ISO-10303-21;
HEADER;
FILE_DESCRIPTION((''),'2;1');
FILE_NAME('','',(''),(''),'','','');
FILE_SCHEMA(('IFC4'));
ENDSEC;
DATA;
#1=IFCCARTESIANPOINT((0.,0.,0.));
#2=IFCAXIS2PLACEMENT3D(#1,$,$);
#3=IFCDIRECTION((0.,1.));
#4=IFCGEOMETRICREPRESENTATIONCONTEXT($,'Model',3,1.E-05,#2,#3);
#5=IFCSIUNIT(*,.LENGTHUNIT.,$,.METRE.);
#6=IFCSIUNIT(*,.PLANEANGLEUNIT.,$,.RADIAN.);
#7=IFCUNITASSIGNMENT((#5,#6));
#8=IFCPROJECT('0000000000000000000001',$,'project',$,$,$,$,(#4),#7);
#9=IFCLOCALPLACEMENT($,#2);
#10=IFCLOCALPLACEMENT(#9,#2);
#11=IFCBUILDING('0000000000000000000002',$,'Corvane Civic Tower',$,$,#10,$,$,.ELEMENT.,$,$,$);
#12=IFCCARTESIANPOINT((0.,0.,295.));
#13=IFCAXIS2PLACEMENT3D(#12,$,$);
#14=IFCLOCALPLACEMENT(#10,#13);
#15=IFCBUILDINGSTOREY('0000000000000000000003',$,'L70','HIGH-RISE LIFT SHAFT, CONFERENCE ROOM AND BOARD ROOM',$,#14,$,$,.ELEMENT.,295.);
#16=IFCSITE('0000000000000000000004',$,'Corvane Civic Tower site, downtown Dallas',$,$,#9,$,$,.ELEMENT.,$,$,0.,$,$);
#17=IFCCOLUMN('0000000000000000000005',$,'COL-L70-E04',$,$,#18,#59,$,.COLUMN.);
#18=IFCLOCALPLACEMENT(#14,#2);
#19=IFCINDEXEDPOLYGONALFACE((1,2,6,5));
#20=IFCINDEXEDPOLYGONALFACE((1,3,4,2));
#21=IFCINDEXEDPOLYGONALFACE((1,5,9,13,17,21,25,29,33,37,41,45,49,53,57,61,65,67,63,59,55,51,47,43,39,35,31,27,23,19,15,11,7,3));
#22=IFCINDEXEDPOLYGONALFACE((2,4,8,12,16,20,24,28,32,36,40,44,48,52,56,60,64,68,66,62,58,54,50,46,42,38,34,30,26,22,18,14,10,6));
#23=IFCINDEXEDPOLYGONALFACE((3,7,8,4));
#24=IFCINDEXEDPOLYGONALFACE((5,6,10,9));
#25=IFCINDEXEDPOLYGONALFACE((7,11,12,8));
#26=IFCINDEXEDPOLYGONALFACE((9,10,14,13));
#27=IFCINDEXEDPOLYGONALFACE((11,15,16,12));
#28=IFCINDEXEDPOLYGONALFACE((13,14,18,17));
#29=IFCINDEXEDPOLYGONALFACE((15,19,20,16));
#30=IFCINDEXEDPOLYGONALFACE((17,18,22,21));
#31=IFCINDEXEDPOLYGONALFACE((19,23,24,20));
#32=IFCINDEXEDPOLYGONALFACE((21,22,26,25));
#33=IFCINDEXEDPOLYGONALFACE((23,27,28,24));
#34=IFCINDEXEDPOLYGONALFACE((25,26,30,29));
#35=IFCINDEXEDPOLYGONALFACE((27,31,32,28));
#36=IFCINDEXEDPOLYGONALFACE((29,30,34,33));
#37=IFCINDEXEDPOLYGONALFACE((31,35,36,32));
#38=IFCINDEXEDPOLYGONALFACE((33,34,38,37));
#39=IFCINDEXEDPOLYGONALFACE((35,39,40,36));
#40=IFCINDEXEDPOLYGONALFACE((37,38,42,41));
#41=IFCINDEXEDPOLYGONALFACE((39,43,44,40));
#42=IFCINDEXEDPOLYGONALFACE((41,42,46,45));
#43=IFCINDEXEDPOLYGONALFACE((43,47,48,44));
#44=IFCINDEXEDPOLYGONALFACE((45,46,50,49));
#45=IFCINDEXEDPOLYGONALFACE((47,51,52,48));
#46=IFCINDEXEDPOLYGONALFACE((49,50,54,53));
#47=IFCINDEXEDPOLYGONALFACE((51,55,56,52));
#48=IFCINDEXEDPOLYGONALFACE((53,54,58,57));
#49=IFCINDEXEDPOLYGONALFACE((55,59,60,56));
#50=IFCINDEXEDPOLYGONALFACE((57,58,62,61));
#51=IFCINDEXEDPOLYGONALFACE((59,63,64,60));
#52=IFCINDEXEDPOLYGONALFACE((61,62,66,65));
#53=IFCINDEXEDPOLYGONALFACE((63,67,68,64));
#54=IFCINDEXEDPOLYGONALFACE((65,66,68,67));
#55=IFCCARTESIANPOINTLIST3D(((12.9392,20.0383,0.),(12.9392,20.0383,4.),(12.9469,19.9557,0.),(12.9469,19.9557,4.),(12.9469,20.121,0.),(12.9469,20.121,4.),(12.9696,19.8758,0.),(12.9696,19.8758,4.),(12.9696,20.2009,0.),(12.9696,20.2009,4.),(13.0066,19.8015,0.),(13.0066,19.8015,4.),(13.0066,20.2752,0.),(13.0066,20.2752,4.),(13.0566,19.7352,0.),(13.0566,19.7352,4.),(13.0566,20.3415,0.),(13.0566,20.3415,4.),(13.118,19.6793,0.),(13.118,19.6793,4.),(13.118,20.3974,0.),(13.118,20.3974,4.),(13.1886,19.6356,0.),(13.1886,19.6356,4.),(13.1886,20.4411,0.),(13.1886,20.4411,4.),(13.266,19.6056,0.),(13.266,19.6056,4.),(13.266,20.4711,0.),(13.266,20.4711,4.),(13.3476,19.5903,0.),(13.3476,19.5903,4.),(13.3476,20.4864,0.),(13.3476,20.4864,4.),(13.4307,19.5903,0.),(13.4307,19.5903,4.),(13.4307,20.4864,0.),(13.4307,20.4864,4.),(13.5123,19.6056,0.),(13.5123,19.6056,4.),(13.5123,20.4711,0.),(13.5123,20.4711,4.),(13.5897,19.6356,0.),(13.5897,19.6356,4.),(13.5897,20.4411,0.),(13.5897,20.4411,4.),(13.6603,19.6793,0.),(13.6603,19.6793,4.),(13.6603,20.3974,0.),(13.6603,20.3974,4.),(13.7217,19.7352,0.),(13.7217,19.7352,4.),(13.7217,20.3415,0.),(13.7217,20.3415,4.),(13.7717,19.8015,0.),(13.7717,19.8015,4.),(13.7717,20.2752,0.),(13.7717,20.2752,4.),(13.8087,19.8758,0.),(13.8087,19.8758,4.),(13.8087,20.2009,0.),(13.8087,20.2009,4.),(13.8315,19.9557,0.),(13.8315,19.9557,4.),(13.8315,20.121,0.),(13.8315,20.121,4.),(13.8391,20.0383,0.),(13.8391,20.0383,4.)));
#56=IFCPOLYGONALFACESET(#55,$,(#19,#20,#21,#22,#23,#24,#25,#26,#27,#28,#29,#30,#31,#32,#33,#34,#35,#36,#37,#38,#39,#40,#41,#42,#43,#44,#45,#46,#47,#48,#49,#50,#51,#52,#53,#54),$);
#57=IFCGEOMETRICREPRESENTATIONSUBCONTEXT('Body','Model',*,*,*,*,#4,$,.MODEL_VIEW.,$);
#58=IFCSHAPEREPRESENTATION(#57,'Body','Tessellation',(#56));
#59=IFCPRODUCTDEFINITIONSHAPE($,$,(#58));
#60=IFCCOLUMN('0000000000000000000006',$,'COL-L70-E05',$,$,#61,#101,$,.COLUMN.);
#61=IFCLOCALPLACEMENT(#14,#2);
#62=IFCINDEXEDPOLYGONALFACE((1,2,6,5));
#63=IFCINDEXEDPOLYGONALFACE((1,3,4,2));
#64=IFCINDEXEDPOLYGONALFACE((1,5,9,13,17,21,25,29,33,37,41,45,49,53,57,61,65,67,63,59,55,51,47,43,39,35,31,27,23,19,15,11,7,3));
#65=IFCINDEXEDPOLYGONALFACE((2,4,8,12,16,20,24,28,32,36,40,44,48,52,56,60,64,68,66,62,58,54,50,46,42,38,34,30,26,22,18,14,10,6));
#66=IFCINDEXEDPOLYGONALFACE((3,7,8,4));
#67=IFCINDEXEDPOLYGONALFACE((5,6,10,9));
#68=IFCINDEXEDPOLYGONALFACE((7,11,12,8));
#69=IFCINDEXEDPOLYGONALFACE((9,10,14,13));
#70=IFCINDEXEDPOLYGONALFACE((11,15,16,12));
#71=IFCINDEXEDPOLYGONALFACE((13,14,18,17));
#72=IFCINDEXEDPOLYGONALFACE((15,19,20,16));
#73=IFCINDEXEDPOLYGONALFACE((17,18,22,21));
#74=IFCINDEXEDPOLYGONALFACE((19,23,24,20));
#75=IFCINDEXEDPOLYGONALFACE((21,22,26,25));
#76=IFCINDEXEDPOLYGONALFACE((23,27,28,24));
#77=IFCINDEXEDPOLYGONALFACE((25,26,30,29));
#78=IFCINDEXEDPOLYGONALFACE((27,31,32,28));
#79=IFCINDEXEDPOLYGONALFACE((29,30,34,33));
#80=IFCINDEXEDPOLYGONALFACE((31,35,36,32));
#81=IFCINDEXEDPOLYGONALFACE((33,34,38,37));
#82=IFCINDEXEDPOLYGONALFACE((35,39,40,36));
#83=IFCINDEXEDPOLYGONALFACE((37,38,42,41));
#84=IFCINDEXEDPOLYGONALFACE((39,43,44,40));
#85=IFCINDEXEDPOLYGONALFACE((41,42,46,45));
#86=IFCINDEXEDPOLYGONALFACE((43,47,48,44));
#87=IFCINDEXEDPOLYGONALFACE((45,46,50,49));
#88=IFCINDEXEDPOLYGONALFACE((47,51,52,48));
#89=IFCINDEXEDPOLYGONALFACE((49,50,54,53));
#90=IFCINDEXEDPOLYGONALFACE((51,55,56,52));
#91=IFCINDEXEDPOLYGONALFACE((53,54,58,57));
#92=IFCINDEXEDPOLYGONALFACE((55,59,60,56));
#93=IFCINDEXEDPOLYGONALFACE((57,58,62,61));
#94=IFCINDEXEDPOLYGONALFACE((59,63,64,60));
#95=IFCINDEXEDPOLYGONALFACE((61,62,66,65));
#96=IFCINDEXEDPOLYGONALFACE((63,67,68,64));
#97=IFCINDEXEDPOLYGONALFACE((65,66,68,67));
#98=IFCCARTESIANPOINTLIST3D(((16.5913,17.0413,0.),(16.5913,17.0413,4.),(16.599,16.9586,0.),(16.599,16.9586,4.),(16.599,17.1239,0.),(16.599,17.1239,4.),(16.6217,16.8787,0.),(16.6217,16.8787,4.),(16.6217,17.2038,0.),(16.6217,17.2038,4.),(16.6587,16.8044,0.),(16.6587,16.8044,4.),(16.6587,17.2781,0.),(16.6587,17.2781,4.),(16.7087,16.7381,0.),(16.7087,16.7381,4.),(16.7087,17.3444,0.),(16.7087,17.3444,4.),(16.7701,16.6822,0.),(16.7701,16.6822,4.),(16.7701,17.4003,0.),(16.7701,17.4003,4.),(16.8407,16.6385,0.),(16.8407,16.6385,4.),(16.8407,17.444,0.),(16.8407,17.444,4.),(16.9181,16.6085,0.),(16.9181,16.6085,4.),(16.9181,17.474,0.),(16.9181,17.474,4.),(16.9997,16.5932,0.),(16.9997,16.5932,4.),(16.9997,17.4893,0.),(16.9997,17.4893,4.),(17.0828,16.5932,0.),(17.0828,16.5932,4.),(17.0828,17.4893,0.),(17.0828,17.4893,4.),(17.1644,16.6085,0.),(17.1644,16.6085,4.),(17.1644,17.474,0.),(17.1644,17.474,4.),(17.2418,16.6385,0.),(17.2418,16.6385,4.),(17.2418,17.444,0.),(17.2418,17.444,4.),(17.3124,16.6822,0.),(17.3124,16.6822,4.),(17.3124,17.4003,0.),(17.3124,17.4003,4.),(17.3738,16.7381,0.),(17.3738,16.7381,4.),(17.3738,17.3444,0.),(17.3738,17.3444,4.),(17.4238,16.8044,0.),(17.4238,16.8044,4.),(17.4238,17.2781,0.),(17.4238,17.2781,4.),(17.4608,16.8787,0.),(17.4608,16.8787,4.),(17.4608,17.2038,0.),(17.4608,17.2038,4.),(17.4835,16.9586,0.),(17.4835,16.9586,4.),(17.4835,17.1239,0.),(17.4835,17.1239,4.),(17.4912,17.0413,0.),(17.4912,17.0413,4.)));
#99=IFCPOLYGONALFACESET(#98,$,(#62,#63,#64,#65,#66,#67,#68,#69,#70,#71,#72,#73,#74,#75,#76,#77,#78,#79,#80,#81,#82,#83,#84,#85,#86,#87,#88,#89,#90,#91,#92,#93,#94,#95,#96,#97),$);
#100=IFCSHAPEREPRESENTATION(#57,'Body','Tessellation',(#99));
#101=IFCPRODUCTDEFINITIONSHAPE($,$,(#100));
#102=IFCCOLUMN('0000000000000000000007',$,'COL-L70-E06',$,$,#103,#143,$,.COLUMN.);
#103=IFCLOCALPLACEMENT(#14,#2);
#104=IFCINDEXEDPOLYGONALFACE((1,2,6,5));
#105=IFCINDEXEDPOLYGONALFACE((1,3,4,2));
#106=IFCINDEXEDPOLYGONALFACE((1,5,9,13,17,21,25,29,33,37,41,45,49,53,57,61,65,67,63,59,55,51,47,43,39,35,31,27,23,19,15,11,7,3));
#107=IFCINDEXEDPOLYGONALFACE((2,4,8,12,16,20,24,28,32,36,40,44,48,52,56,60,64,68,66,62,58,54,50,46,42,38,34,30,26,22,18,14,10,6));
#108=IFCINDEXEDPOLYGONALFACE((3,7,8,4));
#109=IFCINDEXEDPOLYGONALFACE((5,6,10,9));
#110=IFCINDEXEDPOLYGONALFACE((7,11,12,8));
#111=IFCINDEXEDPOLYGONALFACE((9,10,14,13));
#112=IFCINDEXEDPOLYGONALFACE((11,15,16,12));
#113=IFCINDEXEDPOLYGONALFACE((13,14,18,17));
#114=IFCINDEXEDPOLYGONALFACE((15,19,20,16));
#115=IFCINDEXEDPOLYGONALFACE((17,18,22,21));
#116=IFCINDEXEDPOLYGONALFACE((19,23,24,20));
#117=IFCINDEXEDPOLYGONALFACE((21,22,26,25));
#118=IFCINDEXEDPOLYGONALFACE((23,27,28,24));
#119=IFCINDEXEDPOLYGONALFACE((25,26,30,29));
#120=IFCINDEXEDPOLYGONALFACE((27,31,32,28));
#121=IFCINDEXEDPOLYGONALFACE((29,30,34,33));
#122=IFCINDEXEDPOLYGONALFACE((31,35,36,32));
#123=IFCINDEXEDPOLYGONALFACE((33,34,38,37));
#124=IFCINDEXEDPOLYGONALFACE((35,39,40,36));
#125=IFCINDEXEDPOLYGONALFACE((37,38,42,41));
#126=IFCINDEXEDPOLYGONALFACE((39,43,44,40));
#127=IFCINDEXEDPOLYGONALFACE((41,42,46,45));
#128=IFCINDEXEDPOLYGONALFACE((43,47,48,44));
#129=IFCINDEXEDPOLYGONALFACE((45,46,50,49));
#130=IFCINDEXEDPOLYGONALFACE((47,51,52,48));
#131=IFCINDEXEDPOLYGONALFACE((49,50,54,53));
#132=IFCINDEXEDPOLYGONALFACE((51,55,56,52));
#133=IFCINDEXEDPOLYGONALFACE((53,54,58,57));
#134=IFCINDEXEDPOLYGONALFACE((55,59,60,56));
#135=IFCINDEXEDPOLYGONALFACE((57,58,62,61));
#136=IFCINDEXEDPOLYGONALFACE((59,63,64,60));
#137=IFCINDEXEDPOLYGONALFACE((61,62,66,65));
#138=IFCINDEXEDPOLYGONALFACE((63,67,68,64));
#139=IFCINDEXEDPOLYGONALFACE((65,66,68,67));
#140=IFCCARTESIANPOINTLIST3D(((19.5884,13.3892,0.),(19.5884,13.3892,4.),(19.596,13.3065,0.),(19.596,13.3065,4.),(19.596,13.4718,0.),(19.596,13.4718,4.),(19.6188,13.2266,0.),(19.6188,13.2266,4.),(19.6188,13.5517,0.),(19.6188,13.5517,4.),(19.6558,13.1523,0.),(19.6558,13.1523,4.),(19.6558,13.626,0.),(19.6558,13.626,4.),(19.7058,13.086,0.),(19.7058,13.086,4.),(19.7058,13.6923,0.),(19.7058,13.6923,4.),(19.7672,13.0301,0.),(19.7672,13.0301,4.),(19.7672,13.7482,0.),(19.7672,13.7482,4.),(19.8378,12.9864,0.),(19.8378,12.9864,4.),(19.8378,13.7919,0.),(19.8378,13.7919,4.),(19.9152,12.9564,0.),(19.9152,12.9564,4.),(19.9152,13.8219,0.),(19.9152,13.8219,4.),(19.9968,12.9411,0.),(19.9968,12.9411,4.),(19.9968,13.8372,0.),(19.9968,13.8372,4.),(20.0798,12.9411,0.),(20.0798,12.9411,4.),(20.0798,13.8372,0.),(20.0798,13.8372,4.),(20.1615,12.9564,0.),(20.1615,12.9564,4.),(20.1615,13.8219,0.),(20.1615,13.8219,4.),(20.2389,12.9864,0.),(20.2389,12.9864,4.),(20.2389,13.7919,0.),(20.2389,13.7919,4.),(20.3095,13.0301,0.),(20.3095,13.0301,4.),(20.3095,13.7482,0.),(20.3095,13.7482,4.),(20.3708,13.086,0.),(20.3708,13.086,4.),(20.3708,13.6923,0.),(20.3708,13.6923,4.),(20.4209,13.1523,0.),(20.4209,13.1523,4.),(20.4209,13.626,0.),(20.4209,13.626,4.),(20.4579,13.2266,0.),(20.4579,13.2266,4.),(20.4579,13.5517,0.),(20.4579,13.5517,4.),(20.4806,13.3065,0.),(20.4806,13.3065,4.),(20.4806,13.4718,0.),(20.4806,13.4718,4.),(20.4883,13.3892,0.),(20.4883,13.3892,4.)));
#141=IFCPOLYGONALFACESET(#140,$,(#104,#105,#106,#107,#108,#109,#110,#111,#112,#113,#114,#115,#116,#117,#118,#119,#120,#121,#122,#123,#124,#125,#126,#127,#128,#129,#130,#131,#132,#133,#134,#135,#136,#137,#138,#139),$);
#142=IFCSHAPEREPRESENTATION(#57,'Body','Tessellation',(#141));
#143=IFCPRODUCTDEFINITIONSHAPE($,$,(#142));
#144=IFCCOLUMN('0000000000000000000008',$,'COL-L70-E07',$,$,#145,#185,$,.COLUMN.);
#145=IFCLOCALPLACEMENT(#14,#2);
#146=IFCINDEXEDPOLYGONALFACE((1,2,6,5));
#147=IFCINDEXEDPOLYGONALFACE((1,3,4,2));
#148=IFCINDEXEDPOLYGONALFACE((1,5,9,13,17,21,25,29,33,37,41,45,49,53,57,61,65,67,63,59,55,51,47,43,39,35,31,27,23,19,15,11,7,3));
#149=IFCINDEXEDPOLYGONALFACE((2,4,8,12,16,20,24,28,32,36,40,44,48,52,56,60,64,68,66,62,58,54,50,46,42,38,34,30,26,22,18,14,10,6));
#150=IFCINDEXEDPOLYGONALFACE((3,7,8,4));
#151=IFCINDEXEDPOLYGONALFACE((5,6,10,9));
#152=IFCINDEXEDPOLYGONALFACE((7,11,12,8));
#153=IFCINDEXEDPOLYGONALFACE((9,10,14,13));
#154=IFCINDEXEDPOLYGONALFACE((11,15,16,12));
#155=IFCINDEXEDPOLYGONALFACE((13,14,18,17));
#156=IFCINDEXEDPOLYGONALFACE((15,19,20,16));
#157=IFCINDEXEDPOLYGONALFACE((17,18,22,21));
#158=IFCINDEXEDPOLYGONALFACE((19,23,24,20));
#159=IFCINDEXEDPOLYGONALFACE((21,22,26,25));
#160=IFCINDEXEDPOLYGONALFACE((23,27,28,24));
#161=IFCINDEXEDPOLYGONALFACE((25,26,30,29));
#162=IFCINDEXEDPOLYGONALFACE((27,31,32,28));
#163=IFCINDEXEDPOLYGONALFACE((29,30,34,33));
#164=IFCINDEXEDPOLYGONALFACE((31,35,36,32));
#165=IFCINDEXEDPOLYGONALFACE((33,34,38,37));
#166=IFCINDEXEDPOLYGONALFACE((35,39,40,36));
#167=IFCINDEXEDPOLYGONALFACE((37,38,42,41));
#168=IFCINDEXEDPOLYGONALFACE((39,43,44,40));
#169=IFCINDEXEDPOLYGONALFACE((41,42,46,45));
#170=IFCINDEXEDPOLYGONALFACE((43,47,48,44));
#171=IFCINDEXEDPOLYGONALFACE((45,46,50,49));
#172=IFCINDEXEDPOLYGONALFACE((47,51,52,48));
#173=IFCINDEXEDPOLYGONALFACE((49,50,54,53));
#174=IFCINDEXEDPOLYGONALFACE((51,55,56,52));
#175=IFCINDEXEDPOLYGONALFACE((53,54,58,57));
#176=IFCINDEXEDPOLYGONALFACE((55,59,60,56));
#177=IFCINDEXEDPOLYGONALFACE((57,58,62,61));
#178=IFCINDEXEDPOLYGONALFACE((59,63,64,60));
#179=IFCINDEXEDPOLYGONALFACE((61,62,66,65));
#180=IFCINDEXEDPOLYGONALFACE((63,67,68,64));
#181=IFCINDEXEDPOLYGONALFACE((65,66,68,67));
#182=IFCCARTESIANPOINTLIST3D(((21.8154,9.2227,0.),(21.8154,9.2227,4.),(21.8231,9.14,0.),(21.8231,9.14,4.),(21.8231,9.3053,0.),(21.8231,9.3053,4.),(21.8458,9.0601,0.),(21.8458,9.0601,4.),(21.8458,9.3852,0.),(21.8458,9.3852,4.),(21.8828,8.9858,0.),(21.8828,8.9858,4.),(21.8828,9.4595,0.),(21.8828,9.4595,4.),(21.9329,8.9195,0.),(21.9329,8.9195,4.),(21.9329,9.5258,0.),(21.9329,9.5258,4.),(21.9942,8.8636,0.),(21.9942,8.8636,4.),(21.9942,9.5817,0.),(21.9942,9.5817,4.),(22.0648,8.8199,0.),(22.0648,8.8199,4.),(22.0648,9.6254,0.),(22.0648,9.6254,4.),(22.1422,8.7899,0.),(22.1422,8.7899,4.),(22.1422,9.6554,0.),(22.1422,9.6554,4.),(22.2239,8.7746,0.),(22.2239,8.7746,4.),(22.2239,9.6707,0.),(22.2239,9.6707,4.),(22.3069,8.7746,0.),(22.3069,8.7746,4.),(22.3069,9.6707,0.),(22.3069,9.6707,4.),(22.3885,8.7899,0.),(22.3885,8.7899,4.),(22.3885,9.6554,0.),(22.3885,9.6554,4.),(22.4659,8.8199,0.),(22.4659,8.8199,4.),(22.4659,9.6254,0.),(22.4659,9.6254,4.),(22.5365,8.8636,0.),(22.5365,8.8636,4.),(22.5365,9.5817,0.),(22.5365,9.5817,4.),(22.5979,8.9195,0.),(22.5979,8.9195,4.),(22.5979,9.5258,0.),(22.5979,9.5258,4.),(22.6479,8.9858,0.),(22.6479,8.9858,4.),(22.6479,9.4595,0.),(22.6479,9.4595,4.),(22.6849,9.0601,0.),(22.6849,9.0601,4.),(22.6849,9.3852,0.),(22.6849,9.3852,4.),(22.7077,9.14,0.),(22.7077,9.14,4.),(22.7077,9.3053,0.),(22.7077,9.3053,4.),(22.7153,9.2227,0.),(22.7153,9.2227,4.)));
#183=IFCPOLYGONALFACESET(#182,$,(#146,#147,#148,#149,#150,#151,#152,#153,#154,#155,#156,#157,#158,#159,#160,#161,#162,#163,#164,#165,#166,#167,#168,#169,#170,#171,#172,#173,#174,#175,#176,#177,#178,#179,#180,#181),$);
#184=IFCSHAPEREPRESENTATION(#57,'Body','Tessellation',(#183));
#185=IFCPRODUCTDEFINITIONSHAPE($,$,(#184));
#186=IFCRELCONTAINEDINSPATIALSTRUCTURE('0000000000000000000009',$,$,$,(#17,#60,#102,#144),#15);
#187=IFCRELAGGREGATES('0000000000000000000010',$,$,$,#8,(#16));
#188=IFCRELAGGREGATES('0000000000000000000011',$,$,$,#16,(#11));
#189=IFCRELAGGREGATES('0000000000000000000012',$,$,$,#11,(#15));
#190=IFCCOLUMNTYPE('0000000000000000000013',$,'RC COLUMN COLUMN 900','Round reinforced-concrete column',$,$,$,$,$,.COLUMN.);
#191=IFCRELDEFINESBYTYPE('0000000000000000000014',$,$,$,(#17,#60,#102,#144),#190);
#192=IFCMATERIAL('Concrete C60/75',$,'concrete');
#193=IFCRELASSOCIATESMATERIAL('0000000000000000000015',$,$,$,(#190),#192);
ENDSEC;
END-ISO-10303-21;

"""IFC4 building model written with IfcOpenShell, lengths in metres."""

from ifc_helpers import new_model, si_unit, direction, frame, origin, origin_2d, place, context, subcontext, project, spatial, circle, extrude, material, material_profile, profile_set, type_object, element, save


model = new_model("IFC4")

# Units and contexts
model_context = context("Model", 3, precision=1e-05, world=origin(), true_north=direction((0.0, 1.0)))
body_context = subcontext(model_context, "Body", "Model", "MODEL_VIEW")
ifc_project = project(units=[si_unit("LENGTHUNIT", "METRE"), si_unit("PLANEANGLEUNIT", "RADIAN")], contexts=[model_context])

# Site, building, storey
site_placement = place(None, origin())
site = spatial("IfcSite", under=ifc_project, at=site_placement, Name="Corvane Civic Tower site, downtown Dallas", CompositionType="ELEMENT", RefElevation=0.0)
building_placement = place(site_placement, origin())
building = spatial("IfcBuilding", under=site, at=building_placement, Name="Corvane Civic Tower", CompositionType="ELEMENT")
storey_placement = place(building_placement, frame((0.0, 0.0, 295.0)))
storey = spatial("IfcBuildingStorey", under=building, at=storey_placement, Name="L70", Description="HIGH-RISE LIFT SHAFT, CONFERENCE ROOM AND BOARD ROOM", CompositionType="ELEMENT", Elevation=295.0)

# Columns
ifc_material_1 = material(Name="Concrete C60/75", Category="concrete")
ifc_material_profile_1 = material_profile(ifc_material_1, circle(Radius=0.45, at=origin_2d()), Name="COLUMN 900")
ifc_profile_set_1 = profile_set([ifc_material_profile_1], Name="Concrete C60/75")
column_type = type_object("IfcColumnType", Name="RC COLUMN COLUMN 900", Description="Round reinforced-concrete column", PredefinedType="COLUMN", material=ifc_profile_set_1)
for number, where, z_axis, x_axis, name in (
    (1, (13.3892, 20.0383, 0.0), (0.0, 0.0, 1.0), (1.0, 0.0, 0.0), "COL-L70-E04"),
    (2, (17.0413, 17.0413, 0.0), (0.0, 0.0, 1.0), (1.0, 0.0, 0.0), "COL-L70-E05"),
    (3, (20.0383, 13.3892, 0.0), (0.0, 0.0, 1.0), (1.0, 0.0, 0.0), "COL-L70-E06"),
    (4, (22.2654, 9.2227, 0.0), (0.0, 0.0, 1.0), (1.0, 0.0, 0.0), "COL-L70-E07"),
):
    element("IfcColumn", number, at=place(storey_placement, frame(where, z_axis=z_axis, x_axis=x_axis)), inside=storey, type_object=column_type, Name=name, PredefinedType="COLUMN", context=body_context, shape_type="SweptSolid", body=[
        extrude(circle(Radius=0.45, at=origin_2d()), origin(), (0.0, 0.0, 1.0), 4.0),
    ])

save(model, "model.ifc")
